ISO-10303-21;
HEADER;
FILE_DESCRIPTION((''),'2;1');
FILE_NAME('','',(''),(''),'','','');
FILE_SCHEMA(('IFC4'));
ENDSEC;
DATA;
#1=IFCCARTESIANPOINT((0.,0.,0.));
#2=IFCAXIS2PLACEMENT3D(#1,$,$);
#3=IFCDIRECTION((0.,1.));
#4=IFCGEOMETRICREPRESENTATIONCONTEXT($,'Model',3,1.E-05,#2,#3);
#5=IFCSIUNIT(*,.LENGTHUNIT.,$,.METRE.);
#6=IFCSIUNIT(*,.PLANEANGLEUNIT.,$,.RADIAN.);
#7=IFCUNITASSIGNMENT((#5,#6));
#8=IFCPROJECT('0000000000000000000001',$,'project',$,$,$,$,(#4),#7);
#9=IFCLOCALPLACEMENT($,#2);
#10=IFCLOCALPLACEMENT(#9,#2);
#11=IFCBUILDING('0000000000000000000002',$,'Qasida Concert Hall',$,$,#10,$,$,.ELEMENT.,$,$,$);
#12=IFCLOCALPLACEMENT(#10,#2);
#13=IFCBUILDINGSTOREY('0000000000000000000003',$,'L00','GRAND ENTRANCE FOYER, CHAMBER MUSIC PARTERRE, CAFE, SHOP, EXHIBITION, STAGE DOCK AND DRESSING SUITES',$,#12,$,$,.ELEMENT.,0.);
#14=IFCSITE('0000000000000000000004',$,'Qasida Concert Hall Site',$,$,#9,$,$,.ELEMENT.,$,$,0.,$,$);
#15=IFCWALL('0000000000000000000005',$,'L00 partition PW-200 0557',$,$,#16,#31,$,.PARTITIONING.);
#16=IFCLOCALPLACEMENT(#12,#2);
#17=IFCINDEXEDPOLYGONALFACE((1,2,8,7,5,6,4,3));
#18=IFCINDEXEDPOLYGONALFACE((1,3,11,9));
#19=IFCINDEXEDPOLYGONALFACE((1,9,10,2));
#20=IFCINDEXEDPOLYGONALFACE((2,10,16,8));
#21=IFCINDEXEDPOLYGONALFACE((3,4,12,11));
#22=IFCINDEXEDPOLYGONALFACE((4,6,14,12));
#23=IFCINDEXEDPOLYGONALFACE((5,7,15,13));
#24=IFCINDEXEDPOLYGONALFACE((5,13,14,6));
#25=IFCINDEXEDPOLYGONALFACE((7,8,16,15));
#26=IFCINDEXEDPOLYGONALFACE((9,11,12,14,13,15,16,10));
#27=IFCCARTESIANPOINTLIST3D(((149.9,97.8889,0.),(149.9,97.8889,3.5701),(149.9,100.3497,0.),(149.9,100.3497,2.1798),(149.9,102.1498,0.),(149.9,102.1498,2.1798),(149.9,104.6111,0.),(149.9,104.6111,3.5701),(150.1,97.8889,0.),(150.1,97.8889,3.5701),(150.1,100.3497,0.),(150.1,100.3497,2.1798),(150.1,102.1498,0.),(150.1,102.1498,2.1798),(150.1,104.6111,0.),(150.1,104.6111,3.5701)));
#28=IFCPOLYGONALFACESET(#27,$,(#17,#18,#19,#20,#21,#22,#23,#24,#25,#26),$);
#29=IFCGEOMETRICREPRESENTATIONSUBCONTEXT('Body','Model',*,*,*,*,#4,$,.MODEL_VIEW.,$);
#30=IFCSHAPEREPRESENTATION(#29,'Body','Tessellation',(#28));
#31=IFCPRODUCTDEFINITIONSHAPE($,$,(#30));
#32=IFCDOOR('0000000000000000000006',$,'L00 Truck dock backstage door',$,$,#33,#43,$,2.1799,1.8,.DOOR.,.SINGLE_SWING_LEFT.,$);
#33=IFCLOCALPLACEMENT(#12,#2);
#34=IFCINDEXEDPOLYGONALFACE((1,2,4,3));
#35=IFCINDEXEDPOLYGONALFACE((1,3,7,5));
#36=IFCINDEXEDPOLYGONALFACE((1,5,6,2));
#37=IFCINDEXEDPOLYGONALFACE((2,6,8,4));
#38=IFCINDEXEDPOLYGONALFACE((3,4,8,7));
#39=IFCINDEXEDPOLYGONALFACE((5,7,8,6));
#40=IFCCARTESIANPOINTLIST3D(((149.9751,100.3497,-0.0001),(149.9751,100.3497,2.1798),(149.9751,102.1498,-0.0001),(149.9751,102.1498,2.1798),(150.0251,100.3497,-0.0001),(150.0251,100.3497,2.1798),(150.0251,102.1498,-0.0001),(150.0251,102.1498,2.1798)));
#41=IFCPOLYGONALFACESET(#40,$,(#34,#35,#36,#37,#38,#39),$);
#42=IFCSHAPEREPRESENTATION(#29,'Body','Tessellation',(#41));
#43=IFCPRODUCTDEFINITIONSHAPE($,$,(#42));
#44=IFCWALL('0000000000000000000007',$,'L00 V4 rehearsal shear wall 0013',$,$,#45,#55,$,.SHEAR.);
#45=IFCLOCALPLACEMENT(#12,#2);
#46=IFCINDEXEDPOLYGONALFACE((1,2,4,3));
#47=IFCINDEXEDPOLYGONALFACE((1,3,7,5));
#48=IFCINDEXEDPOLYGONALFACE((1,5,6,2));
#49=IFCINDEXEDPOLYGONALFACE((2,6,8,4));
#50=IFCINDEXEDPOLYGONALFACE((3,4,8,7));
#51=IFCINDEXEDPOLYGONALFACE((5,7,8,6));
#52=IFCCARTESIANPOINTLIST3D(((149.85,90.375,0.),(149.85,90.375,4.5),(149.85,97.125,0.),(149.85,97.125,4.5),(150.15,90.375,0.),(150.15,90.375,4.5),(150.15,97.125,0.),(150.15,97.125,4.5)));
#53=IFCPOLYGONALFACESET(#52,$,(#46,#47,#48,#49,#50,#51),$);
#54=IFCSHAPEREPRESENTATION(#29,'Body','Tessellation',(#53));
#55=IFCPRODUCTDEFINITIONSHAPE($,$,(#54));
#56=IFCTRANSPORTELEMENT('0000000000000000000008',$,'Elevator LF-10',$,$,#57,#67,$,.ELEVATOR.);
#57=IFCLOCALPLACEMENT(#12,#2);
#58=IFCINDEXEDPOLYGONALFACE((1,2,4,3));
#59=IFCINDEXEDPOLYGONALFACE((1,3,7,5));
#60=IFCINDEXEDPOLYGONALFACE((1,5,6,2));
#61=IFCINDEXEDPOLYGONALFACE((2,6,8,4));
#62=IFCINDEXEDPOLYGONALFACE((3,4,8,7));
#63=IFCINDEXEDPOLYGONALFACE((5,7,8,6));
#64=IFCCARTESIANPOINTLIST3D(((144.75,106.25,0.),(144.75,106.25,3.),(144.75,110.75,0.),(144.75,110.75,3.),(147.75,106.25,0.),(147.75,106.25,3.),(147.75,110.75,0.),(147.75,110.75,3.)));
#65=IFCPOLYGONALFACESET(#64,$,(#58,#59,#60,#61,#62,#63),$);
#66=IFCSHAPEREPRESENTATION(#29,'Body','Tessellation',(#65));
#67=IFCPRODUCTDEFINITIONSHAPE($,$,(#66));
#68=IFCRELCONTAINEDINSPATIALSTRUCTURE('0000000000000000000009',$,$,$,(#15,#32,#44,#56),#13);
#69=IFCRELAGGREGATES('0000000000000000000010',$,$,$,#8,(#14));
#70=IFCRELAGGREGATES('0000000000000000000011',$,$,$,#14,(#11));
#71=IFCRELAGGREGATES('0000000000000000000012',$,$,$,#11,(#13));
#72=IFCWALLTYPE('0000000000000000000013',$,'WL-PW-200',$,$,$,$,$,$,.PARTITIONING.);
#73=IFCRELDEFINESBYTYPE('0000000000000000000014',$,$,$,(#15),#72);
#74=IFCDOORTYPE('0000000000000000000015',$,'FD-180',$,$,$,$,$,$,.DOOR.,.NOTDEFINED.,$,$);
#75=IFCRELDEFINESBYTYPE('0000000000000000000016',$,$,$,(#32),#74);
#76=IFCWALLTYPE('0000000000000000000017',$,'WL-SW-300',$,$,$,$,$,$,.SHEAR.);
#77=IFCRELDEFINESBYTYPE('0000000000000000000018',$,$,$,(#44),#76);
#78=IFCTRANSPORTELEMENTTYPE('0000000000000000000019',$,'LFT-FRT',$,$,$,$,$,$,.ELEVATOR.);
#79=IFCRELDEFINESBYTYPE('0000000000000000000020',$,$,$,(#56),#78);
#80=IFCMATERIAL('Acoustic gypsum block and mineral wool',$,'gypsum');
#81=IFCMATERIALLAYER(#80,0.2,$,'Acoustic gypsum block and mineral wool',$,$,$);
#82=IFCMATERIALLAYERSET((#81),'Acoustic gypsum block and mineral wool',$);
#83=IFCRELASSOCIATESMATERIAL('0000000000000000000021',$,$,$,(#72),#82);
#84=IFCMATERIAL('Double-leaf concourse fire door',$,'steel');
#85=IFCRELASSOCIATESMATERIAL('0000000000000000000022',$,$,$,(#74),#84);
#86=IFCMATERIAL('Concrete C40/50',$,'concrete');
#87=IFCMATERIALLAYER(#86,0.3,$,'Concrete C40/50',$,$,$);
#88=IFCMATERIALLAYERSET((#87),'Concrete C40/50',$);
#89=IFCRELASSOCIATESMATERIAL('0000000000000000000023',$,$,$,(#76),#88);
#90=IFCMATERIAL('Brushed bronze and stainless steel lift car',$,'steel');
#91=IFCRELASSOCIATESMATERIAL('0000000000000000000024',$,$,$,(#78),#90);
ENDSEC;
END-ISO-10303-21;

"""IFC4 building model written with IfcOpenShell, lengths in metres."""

from ifc_helpers import new_model, si_unit, direction, frame, frame_2d, origin, origin_2d, place, context, subcontext, project, spatial, rectangle, extrude, material, layer, layer_set, type_object, element, fill, save


model = new_model("IFC4")

# Units and contexts
model_context = context("Model", 3, precision=1e-05, world=origin(), true_north=direction((0.0, 1.0)))
body_context = subcontext(model_context, "Body", "Model", "MODEL_VIEW")
ifc_project = project(units=[si_unit("LENGTHUNIT", "METRE"), si_unit("PLANEANGLEUNIT", "RADIAN")], contexts=[model_context])

# Site, building, storey
site_placement = place(None, origin())
site = spatial("IfcSite", under=ifc_project, at=site_placement, Name="Qasida Concert Hall Site", CompositionType="ELEMENT", RefElevation=0.0)
building_placement = place(site_placement, origin())
building = spatial("IfcBuilding", under=site, at=building_placement, Name="Qasida Concert Hall", CompositionType="ELEMENT")
storey_placement = place(building_placement, origin())
storey = spatial("IfcBuildingStorey", under=building, at=storey_placement, Name="L00", Description="GRAND ENTRANCE FOYER, CHAMBER MUSIC PARTERRE, CAFE, SHOP, EXHIBITION, STAGE DOCK AND DRESSING SUITES", CompositionType="ELEMENT", Elevation=0.0)

# Shared definitions
ifc_material_1 = material(Name="Concrete C40/50", Category="concrete")

# Wall, opening, door
ifc_material_2 = material(Name="Acoustic gypsum block and mineral wool", Category="gypsum")
ifc_layer_1 = layer(ifc_material_2, 0.2, Name="Acoustic gypsum block and mineral wool")
ifc_layer_set_1 = layer_set([ifc_layer_1], Name="Acoustic gypsum block and mineral wool")
wall_type_1 = type_object("IfcWallType", Name="WL-PW-200", PredefinedType="PARTITIONING", material=ifc_layer_set_1)
wall_1_placement = place(storey_placement, frame((150.0, 97.8889, 0.0), z_axis=(0.0, 0.0, 1.0), x_axis=(0.0, 1.0, 0.0)))
wall_1 = element("IfcWall", 1, at=wall_1_placement, inside=storey, type_object=wall_type_1, Name="L00 partition PW-200 0557", PredefinedType="PARTITIONING", context=body_context, shape_type="SweptSolid", body=[
    extrude(rectangle(XDim=6.7222, YDim=0.2, at=frame_2d((3.3611, 0.0))), origin(), (0.0, 0.0, 1.0), 3.5701),
])
opening_1_placement = place(wall_1_placement, frame((2.4609, 0.0, 0.0)))
opening_1 = element("IfcOpeningElement", 2, at=opening_1_placement, cuts=wall_1, PredefinedType="OPENING", context=body_context, shape_type="SweptSolid", body=[
    extrude(rectangle(XDim=1.8, YDim=2.1799, at=frame_2d((0.8999, 1.0898))), frame((0.0, 0.1099, 0.0), z_axis=(0.0, -1.0, 0.0), x_axis=(1.0, 0.0, 0.0)), (0.0, 0.0, 1.0), 0.22),
])
ifc_material_3 = material(Name="Double-leaf concourse fire door", Category="steel")
door_type_1 = type_object("IfcDoorType", Name="FD-180", OperationType="NOTDEFINED", PredefinedType="DOOR", material=ifc_material_3)
door_1_placement = place(opening_1_placement, origin())
door_1 = element("IfcDoor", 3, at=door_1_placement, inside=storey, type_object=door_type_1, Name="L00 Truck dock backstage door", OperationType="SINGLE_SWING_LEFT", OverallHeight=2.1799, OverallWidth=1.8, PredefinedType="DOOR", context=body_context, shape_type="SweptSolid", body=[
    extrude(rectangle(XDim=1.8, YDim=2.1799, at=frame_2d((0.8999, 1.0898))), frame((0.0, 0.0249, 0.0), z_axis=(0.0, -1.0, 0.0), x_axis=(1.0, 0.0, 0.0)), (0.0, 0.0, 1.0), 0.05),
])
fill(opening_1, door_1)

# Wall
ifc_layer_2 = layer(ifc_material_1, 0.3, Name="Concrete C40/50")
ifc_layer_set_2 = layer_set([ifc_layer_2], Name="Concrete C40/50")
wall_type_2 = type_object("IfcWallType", Name="WL-SW-300", PredefinedType="SHEAR", material=ifc_layer_set_2)
wall_2_placement = place(storey_placement, frame((150.0, 90.375, 0.0), z_axis=(0.0, 0.0, 1.0), x_axis=(0.0, 1.0, 0.0)))
element("IfcWall", 4, at=wall_2_placement, inside=storey, type_object=wall_type_2, Name="L00 V4 rehearsal shear wall 0013", PredefinedType="SHEAR", context=body_context, shape_type="SweptSolid", body=[
    extrude(rectangle(XDim=6.75, YDim=0.3, at=frame_2d((3.375, 0.0))), origin(), (0.0, 0.0, 1.0), 4.5),
])

# Transport element
ifc_material_4 = material(Name="Brushed bronze and stainless steel lift car", Category="steel")
transport_element_type = type_object("IfcTransportElementType", Name="LFT-FRT", PredefinedType="ELEVATOR", material=ifc_material_4)
transport_element_placement = place(storey_placement, frame((146.25, 108.5, 0.0), z_axis=(0.0, 0.0, 1.0), x_axis=(1.0, 0.0, 0.0)))
element("IfcTransportElement", 5, at=transport_element_placement, inside=storey, type_object=transport_element_type, Name="Elevator LF-10", PredefinedType="ELEVATOR", context=body_context, shape_type="SweptSolid", body=[
    extrude(rectangle(XDim=3.0, YDim=4.5, at=origin_2d()), origin(), (0.0, 0.0, 1.0), 3.0),
])

save(model, "model.ifc")
